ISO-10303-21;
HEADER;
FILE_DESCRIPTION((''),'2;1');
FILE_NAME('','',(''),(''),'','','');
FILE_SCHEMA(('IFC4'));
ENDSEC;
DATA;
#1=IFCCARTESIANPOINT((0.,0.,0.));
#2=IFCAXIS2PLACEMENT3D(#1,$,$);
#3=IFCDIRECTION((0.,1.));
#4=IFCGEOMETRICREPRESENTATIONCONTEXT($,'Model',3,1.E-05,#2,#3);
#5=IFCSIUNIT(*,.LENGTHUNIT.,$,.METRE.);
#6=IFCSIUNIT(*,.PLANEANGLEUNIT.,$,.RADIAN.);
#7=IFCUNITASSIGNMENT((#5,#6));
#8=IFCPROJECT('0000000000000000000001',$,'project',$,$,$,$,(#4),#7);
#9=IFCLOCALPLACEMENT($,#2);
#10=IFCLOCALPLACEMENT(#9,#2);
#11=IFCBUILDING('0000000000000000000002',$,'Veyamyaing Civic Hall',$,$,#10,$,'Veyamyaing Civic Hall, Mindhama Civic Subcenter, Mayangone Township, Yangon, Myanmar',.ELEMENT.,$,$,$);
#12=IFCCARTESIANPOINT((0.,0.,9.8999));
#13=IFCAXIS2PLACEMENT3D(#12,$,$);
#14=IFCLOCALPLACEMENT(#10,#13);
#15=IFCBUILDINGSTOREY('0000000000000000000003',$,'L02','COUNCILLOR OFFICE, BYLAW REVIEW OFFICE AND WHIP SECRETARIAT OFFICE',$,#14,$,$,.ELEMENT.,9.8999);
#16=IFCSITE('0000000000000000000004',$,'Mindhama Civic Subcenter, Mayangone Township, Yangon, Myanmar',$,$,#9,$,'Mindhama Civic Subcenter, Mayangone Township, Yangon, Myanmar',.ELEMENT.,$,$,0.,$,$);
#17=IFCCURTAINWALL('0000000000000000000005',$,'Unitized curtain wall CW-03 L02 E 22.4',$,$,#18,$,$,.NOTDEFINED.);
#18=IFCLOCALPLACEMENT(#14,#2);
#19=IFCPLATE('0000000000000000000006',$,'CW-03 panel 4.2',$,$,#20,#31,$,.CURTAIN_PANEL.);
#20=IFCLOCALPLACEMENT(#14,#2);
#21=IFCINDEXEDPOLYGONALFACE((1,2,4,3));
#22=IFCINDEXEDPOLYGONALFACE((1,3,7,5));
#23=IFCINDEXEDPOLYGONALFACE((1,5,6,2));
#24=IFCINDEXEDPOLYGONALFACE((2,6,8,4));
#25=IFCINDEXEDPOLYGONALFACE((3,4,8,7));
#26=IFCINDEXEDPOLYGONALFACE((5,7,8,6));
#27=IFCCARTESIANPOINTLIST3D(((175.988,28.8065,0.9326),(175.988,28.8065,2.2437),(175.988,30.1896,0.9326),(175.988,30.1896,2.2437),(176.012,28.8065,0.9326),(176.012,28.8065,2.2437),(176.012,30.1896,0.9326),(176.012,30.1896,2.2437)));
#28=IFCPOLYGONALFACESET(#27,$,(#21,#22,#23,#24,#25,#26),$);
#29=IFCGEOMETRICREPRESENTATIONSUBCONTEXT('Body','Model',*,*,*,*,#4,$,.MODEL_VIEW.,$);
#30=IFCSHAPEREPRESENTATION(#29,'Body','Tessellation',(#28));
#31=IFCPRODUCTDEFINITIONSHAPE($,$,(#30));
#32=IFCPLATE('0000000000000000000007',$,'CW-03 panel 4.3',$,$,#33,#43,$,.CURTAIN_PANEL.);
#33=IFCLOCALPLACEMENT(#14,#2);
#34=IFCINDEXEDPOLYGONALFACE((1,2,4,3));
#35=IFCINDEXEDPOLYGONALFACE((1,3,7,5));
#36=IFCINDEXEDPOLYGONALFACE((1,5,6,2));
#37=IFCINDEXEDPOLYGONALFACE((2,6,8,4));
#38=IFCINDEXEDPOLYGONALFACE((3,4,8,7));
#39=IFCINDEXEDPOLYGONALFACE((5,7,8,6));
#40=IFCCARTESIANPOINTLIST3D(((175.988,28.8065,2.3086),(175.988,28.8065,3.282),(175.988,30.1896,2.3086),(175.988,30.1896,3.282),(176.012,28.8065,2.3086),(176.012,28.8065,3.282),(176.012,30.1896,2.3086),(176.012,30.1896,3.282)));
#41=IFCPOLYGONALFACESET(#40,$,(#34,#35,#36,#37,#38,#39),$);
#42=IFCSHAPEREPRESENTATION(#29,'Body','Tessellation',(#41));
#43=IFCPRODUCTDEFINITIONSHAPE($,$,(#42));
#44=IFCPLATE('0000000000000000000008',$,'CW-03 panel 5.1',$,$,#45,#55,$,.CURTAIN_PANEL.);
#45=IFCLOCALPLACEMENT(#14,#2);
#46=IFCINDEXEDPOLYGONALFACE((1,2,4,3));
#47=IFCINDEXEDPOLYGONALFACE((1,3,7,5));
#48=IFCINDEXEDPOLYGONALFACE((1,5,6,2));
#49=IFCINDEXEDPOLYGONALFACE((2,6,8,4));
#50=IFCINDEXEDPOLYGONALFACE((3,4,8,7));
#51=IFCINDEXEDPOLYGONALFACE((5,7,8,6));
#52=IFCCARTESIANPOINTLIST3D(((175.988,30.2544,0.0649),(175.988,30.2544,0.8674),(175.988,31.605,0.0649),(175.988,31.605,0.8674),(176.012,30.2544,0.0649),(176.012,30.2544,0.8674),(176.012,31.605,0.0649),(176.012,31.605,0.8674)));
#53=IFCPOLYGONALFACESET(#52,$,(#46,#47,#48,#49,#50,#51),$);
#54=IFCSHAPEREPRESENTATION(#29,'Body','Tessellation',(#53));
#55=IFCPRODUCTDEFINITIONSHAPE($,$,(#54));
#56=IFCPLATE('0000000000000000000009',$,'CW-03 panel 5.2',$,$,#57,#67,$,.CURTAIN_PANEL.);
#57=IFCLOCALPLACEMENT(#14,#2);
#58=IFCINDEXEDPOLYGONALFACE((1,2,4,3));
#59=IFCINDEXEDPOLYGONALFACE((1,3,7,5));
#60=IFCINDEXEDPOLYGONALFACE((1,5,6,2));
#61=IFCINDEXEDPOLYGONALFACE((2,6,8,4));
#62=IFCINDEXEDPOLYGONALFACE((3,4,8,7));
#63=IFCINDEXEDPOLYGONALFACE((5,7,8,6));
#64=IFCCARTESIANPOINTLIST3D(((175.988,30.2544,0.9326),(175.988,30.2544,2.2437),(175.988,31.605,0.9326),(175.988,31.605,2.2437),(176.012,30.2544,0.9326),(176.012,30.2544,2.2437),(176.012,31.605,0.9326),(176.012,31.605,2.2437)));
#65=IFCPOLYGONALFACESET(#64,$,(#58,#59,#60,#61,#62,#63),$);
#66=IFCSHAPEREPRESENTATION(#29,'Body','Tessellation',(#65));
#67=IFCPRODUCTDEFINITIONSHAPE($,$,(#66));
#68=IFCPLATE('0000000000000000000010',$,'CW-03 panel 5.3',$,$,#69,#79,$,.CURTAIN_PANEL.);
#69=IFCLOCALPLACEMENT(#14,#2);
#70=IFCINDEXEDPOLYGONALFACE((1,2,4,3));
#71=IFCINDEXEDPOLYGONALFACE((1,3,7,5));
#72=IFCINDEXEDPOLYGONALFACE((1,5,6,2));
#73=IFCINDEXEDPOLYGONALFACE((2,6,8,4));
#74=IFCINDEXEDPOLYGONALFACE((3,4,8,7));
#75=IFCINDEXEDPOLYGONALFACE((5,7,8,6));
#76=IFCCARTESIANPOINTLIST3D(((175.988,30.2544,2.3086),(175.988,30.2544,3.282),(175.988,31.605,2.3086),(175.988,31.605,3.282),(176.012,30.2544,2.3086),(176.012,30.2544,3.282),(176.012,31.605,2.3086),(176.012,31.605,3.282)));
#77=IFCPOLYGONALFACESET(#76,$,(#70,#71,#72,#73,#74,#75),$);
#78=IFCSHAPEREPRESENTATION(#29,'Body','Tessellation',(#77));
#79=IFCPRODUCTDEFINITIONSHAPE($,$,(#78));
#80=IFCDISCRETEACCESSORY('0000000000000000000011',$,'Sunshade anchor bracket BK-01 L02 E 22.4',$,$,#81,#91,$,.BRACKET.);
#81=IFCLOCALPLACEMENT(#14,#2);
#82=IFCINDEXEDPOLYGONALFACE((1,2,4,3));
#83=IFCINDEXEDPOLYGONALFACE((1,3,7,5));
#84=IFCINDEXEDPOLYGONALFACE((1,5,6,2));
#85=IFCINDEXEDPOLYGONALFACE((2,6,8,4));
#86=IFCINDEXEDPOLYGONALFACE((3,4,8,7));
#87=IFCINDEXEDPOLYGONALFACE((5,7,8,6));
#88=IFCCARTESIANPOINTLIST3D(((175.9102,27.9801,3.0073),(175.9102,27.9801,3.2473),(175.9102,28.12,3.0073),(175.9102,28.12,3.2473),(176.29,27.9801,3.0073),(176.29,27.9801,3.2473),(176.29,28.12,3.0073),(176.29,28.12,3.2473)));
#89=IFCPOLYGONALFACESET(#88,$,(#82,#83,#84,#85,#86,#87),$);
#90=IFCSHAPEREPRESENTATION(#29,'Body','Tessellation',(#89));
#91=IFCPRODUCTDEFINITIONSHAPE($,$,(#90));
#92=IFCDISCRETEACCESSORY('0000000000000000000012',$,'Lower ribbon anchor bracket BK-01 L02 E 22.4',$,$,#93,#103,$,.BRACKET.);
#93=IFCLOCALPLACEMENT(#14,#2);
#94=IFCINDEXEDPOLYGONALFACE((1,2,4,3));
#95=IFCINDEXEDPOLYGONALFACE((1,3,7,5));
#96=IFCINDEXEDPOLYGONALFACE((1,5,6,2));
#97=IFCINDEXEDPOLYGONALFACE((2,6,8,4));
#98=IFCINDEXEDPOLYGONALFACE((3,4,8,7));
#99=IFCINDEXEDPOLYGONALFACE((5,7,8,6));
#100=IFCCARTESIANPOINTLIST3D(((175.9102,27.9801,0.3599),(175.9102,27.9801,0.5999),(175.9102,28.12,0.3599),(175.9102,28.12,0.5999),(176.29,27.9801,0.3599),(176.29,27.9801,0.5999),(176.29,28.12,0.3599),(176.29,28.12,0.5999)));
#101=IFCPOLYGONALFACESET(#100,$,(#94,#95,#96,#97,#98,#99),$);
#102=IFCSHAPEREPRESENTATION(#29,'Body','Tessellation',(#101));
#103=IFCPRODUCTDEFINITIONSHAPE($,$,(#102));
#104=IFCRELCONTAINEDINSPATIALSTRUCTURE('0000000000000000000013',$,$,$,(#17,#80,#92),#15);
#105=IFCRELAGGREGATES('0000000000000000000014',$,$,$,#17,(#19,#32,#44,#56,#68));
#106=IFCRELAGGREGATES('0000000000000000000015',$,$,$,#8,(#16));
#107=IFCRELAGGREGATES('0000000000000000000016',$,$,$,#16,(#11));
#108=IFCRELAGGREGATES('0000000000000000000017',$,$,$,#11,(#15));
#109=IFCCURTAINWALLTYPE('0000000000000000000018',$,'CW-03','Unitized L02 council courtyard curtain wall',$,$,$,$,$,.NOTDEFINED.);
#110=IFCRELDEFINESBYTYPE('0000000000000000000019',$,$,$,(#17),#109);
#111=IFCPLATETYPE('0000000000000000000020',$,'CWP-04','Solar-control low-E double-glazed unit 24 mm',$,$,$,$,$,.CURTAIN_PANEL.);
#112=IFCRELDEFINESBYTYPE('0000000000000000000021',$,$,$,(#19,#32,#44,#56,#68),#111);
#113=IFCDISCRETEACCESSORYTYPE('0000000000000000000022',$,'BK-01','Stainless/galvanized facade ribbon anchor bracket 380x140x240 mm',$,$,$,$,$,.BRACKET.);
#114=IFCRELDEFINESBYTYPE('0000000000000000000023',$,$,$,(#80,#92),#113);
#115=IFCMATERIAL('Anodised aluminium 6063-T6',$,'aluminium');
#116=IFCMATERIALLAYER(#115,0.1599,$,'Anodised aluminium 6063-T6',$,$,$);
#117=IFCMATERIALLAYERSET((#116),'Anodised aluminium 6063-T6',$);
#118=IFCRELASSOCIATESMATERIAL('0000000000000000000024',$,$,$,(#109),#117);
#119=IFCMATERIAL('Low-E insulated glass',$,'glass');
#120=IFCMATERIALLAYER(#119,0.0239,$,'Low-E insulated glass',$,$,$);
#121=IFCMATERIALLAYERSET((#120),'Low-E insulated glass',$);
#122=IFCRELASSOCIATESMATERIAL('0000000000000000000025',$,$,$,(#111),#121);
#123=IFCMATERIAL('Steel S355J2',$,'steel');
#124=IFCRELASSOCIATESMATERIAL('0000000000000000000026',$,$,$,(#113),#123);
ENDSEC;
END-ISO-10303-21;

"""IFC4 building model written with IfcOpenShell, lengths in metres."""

from ifc_helpers import new_model, si_unit, direction, frame, origin, origin_2d, place, context, subcontext, project, spatial, rectangle, extrude, material, layer, layer_set, type_object, element, aggregate, save


model = new_model("IFC4")

# Units and contexts
model_context = context("Model", 3, precision=1e-05, world=origin(), true_north=direction((0.0, 1.0)))
body_context = subcontext(model_context, "Body", "Model", "MODEL_VIEW")
ifc_project = project(units=[si_unit("LENGTHUNIT", "METRE"), si_unit("PLANEANGLEUNIT", "RADIAN")], contexts=[model_context])

# Site, building, storey
site_placement = place(None, origin())
site = spatial("IfcSite", under=ifc_project, at=site_placement, Name="Mindhama Civic Subcenter, Mayangone Township, Yangon, Myanmar", LongName="Mindhama Civic Subcenter, Mayangone Township, Yangon, Myanmar", CompositionType="ELEMENT", RefElevation=0.0)
building_placement = place(site_placement, origin())
building = spatial("IfcBuilding", under=site, at=building_placement, Name="Veyamyaing Civic Hall", LongName="Veyamyaing Civic Hall, Mindhama Civic Subcenter, Mayangone Township, Yangon, Myanmar", CompositionType="ELEMENT")
storey_placement = place(building_placement, frame((0.0, 0.0, 9.8999)))
storey = spatial("IfcBuildingStorey", under=building, at=storey_placement, Name="L02", Description="COUNCILLOR OFFICE, BYLAW REVIEW OFFICE AND WHIP SECRETARIAT OFFICE", CompositionType="ELEMENT", Elevation=9.8999)

# Curtain wall, plates
ifc_material_1 = material(Name="Anodised aluminium 6063-T6", Category="aluminium")
ifc_layer_1 = layer(ifc_material_1, 0.1599, Name="Anodised aluminium 6063-T6")
ifc_layer_set_1 = layer_set([ifc_layer_1], Name="Anodised aluminium 6063-T6")
curtain_wall_type = type_object("IfcCurtainWallType", Name="CW-03", Description="Unitized L02 council courtyard curtain wall", PredefinedType="NOTDEFINED", material=ifc_layer_set_1)
curtain_wall_placement = place(storey_placement, origin())
curtain_wall = element("IfcCurtainWall", 1, at=curtain_wall_placement, inside=storey, type_object=curtain_wall_type, Name="Unitized curtain wall CW-03 L02 E 22.4", PredefinedType="NOTDEFINED")
ifc_material_2 = material(Name="Low-E insulated glass", Category="glass")
ifc_layer_2 = layer(ifc_material_2, 0.0239, Name="Low-E insulated glass")
ifc_layer_set_2 = layer_set([ifc_layer_2], Name="Low-E insulated glass")
plate_type = type_object("IfcPlateType", Name="CWP-04", Description="Solar-control low-E double-glazed unit 24 mm", PredefinedType="CURTAIN_PANEL", material=ifc_layer_set_2)
plate_1_placement = place(storey_placement, frame((176.0, 29.498, 0.9326), z_axis=(0.0, 0.0, 1.0), x_axis=(0.0, 1.0, 0.0)))
plate_1 = element("IfcPlate", 2, at=plate_1_placement, type_object=plate_type, Name="CW-03 panel 4.2", PredefinedType="CURTAIN_PANEL", context=body_context, shape_type="SweptSolid", body=[
    extrude(rectangle(XDim=1.3831, YDim=0.0239, at=origin_2d()), origin(), (0.0, 0.0, 1.0), 1.311),
])
plate_2_placement = place(storey_placement, frame((176.0, 29.498, 2.3086), z_axis=(0.0, 0.0, 1.0), x_axis=(0.0, 1.0, 0.0)))
plate_2 = element("IfcPlate", 3, at=plate_2_placement, type_object=plate_type, Name="CW-03 panel 4.3", PredefinedType="CURTAIN_PANEL", context=body_context, shape_type="SweptSolid", body=[
    extrude(rectangle(XDim=1.3831, YDim=0.0239, at=origin_2d()), origin(), (0.0, 0.0, 1.0), 0.9734),
])
plate_3_placement = place(storey_placement, frame((176.0, 30.9297, 0.0649), z_axis=(0.0, 0.0, 1.0), x_axis=(0.0, 1.0, 0.0)))
plate_3 = element("IfcPlate", 4, at=plate_3_placement, type_object=plate_type, Name="CW-03 panel 5.1", PredefinedType="CURTAIN_PANEL", context=body_context, shape_type="SweptSolid", body=[
    extrude(rectangle(XDim=1.3506, YDim=0.0239, at=origin_2d()), origin(), (0.0, 0.0, 1.0), 0.8025),
])
plate_4_placement = place(storey_placement, frame((176.0, 30.9297, 0.9326), z_axis=(0.0, 0.0, 1.0), x_axis=(0.0, 1.0, 0.0)))
plate_4 = element("IfcPlate", 5, at=plate_4_placement, type_object=plate_type, Name="CW-03 panel 5.2", PredefinedType="CURTAIN_PANEL", context=body_context, shape_type="SweptSolid", body=[
    extrude(rectangle(XDim=1.3506, YDim=0.0239, at=origin_2d()), origin(), (0.0, 0.0, 1.0), 1.311),
])
plate_5_placement = place(storey_placement, frame((176.0, 30.9297, 2.3086), z_axis=(0.0, 0.0, 1.0), x_axis=(0.0, 1.0, 0.0)))
plate_5 = element("IfcPlate", 6, at=plate_5_placement, type_object=plate_type, Name="CW-03 panel 5.3", PredefinedType="CURTAIN_PANEL", context=body_context, shape_type="SweptSolid", body=[
    extrude(rectangle(XDim=1.3506, YDim=0.0239, at=origin_2d()), origin(), (0.0, 0.0, 1.0), 0.9734),
])
aggregate(curtain_wall, [plate_1, plate_2, plate_3, plate_4, plate_5])

# Discrete accessories
ifc_material_3 = material(Name="Steel S355J2", Category="steel")
discrete_accessory_type = type_object("IfcDiscreteAccessoryType", Name="BK-01", Description="Stainless/galvanized facade ribbon anchor bracket 380x140x240 mm", PredefinedType="BRACKET", material=ifc_material_3)
for number, where, z_axis, x_axis, name in (
    (7, (176.1001, 28.05, 3.0073), (0.0, 0.0, 1.0), (1.0, 0.0, 0.0), "Sunshade anchor bracket BK-01 L02 E 22.4"),
    (8, (176.1001, 28.05, 0.3599), (0.0, 0.0, 1.0), (1.0, 0.0, 0.0), "Lower ribbon anchor bracket BK-01 L02 E 22.4"),
):
    element("IfcDiscreteAccessory", number, at=place(storey_placement, frame(where, z_axis=z_axis, x_axis=x_axis)), inside=storey, type_object=discrete_accessory_type, Name=name, PredefinedType="BRACKET", context=body_context, shape_type="SweptSolid", body=[
        extrude(rectangle(XDim=0.3799, YDim=0.1399, at=origin_2d()), origin(), (0.0, 0.0, 1.0), 0.24),
    ])

save(model, "model.ifc")
